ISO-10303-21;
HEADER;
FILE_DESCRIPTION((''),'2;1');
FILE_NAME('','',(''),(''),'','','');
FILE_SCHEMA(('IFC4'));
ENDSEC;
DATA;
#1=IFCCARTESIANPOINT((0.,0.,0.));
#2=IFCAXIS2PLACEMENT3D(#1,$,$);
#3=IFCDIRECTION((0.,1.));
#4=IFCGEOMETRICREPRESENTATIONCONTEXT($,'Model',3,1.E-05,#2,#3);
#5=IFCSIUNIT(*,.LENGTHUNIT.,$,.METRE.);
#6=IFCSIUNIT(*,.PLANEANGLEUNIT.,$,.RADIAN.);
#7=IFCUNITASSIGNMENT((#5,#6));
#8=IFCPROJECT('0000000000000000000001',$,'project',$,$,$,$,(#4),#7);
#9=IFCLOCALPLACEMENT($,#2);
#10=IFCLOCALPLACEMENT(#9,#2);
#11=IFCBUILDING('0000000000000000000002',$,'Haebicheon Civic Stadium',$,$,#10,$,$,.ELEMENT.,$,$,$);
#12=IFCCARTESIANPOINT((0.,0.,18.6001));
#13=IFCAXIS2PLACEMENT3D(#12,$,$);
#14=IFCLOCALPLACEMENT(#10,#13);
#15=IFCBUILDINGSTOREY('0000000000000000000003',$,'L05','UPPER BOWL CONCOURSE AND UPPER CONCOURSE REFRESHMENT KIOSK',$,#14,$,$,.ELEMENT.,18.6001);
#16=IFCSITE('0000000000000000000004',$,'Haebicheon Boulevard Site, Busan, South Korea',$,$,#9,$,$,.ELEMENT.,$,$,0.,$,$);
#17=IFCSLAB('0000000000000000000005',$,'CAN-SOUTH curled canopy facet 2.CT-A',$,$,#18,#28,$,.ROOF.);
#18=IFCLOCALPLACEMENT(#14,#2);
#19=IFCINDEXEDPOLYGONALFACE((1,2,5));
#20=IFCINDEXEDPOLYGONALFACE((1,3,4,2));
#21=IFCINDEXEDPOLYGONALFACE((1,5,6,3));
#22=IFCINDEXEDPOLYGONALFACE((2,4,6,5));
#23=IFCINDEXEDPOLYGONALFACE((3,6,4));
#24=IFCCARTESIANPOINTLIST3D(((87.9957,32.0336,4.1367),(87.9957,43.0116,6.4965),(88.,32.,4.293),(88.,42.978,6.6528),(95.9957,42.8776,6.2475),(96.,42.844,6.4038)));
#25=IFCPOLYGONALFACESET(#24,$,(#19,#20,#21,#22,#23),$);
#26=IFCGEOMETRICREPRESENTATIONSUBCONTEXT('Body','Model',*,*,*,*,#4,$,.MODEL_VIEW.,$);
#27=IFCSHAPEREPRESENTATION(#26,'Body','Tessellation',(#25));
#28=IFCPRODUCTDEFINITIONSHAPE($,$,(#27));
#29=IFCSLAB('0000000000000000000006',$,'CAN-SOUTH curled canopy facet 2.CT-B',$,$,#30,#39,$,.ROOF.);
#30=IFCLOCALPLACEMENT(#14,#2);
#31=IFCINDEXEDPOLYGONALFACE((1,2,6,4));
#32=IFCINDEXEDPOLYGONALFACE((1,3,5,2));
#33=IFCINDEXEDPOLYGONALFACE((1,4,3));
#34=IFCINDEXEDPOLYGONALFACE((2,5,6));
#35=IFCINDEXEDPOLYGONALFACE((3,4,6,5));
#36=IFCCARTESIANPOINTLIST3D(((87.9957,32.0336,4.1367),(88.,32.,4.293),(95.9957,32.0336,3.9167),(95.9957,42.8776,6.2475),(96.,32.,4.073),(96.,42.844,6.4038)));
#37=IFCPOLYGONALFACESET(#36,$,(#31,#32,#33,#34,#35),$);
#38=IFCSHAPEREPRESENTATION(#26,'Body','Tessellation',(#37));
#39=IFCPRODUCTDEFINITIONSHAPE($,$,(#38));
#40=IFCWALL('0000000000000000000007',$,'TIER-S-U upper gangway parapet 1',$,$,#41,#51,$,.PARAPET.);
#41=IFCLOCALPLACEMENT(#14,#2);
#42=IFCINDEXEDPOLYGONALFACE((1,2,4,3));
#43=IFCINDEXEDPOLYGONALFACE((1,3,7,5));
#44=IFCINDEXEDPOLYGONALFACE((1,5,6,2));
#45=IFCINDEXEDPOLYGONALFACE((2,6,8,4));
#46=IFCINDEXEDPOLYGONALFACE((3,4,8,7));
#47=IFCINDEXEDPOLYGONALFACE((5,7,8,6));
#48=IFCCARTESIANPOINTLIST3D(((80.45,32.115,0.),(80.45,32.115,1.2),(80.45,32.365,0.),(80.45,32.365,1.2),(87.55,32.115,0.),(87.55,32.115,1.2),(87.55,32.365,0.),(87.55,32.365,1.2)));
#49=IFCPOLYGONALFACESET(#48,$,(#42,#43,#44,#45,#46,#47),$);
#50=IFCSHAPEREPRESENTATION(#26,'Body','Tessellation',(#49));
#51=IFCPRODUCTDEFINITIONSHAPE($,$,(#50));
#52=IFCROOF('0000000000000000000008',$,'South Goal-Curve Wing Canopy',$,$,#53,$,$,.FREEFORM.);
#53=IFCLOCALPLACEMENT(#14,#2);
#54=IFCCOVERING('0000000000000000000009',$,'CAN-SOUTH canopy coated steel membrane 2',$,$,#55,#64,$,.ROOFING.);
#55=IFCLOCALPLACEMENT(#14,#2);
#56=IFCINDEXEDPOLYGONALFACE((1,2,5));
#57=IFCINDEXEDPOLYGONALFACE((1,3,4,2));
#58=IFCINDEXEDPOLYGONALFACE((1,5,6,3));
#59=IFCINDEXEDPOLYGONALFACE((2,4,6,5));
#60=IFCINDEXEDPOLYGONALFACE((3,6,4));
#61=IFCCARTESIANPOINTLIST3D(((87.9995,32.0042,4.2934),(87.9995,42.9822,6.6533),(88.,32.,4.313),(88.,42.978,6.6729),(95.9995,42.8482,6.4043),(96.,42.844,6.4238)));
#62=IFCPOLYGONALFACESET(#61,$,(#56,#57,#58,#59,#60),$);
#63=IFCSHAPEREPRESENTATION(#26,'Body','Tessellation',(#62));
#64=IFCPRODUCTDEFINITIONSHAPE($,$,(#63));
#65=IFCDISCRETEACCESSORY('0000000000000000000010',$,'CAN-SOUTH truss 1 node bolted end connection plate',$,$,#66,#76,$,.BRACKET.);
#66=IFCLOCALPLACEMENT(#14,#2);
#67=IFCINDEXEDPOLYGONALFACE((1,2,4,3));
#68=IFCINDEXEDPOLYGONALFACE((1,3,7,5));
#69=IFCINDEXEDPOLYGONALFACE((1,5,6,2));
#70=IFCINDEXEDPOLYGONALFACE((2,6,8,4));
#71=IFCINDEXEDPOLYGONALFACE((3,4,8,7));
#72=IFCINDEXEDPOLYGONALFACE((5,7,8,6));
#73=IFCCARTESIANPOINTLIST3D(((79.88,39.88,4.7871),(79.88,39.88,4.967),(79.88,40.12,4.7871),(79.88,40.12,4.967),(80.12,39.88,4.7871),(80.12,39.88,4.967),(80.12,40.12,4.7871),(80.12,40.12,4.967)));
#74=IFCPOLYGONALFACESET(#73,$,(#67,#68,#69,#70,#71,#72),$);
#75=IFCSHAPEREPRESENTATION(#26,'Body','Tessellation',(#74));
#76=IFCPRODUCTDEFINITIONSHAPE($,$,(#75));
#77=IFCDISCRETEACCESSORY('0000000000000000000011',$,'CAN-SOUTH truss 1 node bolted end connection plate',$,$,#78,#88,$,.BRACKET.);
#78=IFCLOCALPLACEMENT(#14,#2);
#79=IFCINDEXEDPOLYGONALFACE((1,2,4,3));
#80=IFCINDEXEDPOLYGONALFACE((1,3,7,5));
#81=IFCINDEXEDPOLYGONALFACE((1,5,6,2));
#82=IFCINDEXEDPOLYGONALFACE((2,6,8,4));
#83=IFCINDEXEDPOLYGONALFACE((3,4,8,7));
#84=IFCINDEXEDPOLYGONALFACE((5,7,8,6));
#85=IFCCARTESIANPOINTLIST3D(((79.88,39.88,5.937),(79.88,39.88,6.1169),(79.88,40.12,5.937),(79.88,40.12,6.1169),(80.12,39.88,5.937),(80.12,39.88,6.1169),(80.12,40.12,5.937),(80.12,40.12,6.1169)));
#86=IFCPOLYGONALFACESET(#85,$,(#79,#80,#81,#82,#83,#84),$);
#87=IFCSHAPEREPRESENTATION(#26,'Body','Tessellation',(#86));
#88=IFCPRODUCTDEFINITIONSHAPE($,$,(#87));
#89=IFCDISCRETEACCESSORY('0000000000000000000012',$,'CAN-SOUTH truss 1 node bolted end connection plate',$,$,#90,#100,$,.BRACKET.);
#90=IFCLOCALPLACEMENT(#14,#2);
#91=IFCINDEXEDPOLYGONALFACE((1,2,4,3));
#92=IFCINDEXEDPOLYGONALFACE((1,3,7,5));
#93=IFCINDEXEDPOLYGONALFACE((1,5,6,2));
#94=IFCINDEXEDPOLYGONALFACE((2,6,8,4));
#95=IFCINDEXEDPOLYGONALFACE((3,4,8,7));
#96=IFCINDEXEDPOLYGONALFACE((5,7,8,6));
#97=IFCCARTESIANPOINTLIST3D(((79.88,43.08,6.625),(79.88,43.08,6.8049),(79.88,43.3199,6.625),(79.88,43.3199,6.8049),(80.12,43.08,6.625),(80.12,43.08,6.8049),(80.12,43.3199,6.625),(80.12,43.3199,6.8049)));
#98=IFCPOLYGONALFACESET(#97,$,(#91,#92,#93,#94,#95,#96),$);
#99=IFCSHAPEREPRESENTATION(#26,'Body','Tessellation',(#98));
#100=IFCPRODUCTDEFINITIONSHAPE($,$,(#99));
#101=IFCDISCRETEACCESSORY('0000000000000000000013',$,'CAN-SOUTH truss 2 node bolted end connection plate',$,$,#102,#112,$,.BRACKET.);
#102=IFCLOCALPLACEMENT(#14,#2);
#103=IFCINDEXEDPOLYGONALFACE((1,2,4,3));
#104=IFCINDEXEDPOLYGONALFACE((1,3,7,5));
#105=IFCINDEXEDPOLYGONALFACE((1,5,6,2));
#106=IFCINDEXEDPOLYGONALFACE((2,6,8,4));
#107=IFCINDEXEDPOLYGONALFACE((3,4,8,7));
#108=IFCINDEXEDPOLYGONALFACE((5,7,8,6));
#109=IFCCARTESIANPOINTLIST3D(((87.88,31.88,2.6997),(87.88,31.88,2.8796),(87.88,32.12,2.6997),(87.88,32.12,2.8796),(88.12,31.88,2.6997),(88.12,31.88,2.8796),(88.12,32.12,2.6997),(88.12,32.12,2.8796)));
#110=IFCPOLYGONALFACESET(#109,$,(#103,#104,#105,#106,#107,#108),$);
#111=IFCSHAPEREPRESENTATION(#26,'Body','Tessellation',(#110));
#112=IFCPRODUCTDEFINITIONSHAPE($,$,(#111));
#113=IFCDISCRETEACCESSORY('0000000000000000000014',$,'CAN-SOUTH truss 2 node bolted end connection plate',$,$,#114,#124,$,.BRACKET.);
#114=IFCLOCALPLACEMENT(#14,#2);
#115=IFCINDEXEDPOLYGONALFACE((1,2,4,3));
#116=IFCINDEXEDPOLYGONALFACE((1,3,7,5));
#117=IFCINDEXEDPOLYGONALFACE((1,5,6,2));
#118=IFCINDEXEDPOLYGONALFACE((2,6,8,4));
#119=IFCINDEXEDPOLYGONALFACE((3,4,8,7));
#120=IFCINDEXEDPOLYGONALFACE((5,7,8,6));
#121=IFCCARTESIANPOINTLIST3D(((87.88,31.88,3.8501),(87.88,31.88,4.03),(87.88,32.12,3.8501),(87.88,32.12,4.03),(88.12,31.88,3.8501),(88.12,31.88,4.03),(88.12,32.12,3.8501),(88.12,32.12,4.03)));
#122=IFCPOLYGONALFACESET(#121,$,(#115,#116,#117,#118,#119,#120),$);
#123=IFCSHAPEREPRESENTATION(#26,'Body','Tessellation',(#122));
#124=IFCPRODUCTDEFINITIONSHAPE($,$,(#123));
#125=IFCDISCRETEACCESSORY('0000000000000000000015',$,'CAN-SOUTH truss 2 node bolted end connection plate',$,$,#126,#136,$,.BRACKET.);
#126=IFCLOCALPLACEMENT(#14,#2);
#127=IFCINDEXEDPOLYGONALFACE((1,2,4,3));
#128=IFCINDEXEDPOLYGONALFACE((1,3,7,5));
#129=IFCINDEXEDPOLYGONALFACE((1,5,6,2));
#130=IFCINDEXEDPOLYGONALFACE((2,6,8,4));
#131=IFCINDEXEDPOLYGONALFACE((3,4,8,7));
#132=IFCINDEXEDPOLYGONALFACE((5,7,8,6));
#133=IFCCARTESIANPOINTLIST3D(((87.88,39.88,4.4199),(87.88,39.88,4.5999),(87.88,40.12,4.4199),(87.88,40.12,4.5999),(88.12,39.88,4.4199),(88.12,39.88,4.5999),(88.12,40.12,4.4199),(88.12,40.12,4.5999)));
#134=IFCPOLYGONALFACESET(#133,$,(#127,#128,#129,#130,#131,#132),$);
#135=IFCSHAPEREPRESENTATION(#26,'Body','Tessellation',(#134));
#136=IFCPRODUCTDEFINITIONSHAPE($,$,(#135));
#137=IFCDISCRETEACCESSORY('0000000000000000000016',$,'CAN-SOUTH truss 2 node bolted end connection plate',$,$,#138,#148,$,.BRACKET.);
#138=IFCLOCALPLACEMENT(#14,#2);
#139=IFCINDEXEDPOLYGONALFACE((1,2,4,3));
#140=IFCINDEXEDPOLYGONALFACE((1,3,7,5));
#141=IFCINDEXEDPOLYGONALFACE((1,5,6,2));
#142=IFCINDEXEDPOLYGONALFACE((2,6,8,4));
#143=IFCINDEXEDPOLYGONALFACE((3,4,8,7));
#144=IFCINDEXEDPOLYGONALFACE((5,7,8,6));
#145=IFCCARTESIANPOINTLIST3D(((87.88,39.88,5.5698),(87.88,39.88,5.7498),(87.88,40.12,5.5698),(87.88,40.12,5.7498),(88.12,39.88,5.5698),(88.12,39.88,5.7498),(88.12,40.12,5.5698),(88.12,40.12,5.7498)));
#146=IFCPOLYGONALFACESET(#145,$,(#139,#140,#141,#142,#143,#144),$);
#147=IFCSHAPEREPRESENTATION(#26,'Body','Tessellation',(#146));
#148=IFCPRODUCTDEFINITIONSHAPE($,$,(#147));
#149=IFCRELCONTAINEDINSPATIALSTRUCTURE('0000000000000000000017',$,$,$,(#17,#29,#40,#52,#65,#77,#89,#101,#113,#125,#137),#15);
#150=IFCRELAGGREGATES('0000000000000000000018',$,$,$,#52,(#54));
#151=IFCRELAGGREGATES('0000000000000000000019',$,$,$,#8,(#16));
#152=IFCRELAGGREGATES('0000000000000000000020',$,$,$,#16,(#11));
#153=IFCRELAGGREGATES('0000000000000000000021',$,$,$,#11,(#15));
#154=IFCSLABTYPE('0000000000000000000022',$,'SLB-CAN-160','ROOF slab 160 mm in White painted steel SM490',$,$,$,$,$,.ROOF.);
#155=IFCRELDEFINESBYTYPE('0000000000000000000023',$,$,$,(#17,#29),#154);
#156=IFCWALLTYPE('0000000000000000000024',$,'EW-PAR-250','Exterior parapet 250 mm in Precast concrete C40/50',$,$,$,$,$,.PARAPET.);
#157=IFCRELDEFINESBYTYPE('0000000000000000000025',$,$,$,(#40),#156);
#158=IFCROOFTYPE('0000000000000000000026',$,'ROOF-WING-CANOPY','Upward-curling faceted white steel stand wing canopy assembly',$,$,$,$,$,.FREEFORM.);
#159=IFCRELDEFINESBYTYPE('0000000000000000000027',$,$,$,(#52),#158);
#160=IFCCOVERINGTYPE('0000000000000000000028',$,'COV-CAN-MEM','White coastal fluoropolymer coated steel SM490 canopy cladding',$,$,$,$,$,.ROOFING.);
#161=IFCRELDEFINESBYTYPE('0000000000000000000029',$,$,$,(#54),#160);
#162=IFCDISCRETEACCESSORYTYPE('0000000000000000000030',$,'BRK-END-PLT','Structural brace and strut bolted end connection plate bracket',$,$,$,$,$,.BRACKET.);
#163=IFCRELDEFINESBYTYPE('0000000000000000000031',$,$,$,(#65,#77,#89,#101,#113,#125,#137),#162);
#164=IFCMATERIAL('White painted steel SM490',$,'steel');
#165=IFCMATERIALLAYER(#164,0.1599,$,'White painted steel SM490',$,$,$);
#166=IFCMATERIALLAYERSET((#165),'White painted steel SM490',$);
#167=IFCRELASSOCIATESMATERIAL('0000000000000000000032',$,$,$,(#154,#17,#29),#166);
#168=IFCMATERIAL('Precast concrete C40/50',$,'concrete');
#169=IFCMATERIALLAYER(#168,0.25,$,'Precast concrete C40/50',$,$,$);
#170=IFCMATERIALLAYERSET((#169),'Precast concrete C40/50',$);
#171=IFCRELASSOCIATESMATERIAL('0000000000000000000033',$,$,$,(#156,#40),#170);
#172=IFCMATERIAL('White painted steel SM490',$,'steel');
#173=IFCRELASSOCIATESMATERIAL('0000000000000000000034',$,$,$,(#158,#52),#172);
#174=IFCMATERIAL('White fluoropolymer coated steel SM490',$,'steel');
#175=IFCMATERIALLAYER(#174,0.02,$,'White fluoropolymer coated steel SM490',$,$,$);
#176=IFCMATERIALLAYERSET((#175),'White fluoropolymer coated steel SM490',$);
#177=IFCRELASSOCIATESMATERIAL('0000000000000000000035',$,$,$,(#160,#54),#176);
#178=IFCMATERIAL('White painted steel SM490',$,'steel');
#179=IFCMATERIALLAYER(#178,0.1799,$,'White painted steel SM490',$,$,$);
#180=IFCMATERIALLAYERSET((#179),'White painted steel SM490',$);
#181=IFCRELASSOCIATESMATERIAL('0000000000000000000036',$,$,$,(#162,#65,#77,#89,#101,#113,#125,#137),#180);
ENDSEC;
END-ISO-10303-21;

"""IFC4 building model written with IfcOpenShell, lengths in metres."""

from ifc_helpers import new_model, si_unit, direction, frame, frame_2d, origin, origin_2d, place, context, subcontext, project, spatial, polyline, rectangle, outline, extrude, material, layer, layer_set, type_object, element, aggregate, save


model = new_model("IFC4")

# Units and contexts
model_context = context("Model", 3, precision=1e-05, world=origin(), true_north=direction((0.0, 1.0)))
body_context = subcontext(model_context, "Body", "Model", "MODEL_VIEW")
ifc_project = project(units=[si_unit("LENGTHUNIT", "METRE"), si_unit("PLANEANGLEUNIT", "RADIAN")], contexts=[model_context])

# Site, building, storey
site_placement = place(None, origin())
site = spatial("IfcSite", under=ifc_project, at=site_placement, Name="Haebicheon Boulevard Site, Busan, South Korea", CompositionType="ELEMENT", RefElevation=0.0)
building_placement = place(site_placement, origin())
building = spatial("IfcBuilding", under=site, at=building_placement, Name="Haebicheon Civic Stadium", CompositionType="ELEMENT")
storey_placement = place(building_placement, frame((0.0, 0.0, 18.6001)))
storey = spatial("IfcBuildingStorey", under=building, at=storey_placement, Name="L05", Description="UPPER BOWL CONCOURSE AND UPPER CONCOURSE REFRESHMENT KIOSK", CompositionType="ELEMENT", Elevation=18.6001)

# Slabs
ifc_material_1 = material(Name="White painted steel SM490", Category="steel")
ifc_layer_1 = layer(ifc_material_1, 0.1599, Name="White painted steel SM490")
ifc_layer_set_1 = layer_set([ifc_layer_1], Name="White painted steel SM490")
slab_type = type_object("IfcSlabType", Name="SLB-CAN-160", Description="ROOF slab 160 mm in White painted steel SM490", PredefinedType="ROOF", material=ifc_layer_set_1)
slab_1_placement = place(storey_placement, frame((88.0, 32.0, 4.293), z_axis=(0.026902, -0.210086, 0.977313), x_axis=(0.0, 0.977667, 0.210162)))
element("IfcSlab", 1, at=slab_1_placement, inside=storey, type_object=slab_type, material=ifc_layer_set_1, Name="CAN-SOUTH curled canopy facet 2.CT-A", PredefinedType="ROOF", context=body_context, shape_type="SweptSolid", body=[
    extrude(outline(polyline([(0.0, 0.0), (11.2288, 0.0), (11.0454, -8.0029), (0.0, 0.0)])), origin(), (0.0, 0.0, -1.0), 0.1599),
])
slab_2_placement = place(storey_placement, frame((88.0, 32.0, 4.293), z_axis=(0.026873, -0.210065, 0.977318), x_axis=(0.586513, 0.795018, 0.154754)))
element("IfcSlab", 2, at=slab_2_placement, inside=storey, type_object=slab_type, material=ifc_layer_set_1, Name="CAN-SOUTH curled canopy facet 2.CT-B", PredefinedType="ROOF", context=body_context, shape_type="SweptSolid", body=[
    extrude(outline(polyline([(0.0, 0.0), (13.6399, 0.0), (4.6581, -6.5078), (0.0, 0.0)])), origin(), (0.0, 0.0, -1.0), 0.1599),
])

# Wall
ifc_material_2 = material(Name="Precast concrete C40/50", Category="concrete")
ifc_layer_2 = layer(ifc_material_2, 0.25, Name="Precast concrete C40/50")
ifc_layer_set_2 = layer_set([ifc_layer_2], Name="Precast concrete C40/50")
wall_type = type_object("IfcWallType", Name="EW-PAR-250", Description="Exterior parapet 250 mm in Precast concrete C40/50", PredefinedType="PARAPET", material=ifc_layer_set_2)
wall_placement = place(storey_placement, frame((80.45, 32.24, 0.0), z_axis=(0.0, 0.0, 1.0), x_axis=(1.0, 0.0, 0.0)))
element("IfcWall", 3, at=wall_placement, inside=storey, type_object=wall_type, material=ifc_layer_set_2, Name="TIER-S-U upper gangway parapet 1", PredefinedType="PARAPET", context=body_context, shape_type="SweptSolid", body=[
    extrude(rectangle(XDim=7.1001, YDim=0.25, at=frame_2d((3.55, 0.0))), origin(), (0.0, 0.0, 1.0), 1.2),
])

# Roof, covering
ifc_material_3 = material(Name="White painted steel SM490", Category="steel")
roof_type = type_object("IfcRoofType", Name="ROOF-WING-CANOPY", Description="Upward-curling faceted white steel stand wing canopy assembly", PredefinedType="FREEFORM", material=ifc_material_3)
roof_placement = place(storey_placement, origin())
roof = element("IfcRoof", 4, at=roof_placement, inside=storey, type_object=roof_type, material=ifc_material_3, Name="South Goal-Curve Wing Canopy", PredefinedType="FREEFORM")
ifc_material_4 = material(Name="White fluoropolymer coated steel SM490", Category="steel")
ifc_layer_3 = layer(ifc_material_4, 0.02, Name="White fluoropolymer coated steel SM490")
ifc_layer_set_3 = layer_set([ifc_layer_3], Name="White fluoropolymer coated steel SM490")
covering_type = type_object("IfcCoveringType", Name="COV-CAN-MEM", Description="White coastal fluoropolymer coated steel SM490 canopy cladding", PredefinedType="ROOFING", material=ifc_layer_set_3)
covering_placement = place(storey_placement, frame((88.0, 32.0, 4.313), z_axis=(0.026902, -0.210086, 0.977313), x_axis=(0.0, 0.977667, 0.210162)))
covering = element("IfcCovering", 5, at=covering_placement, type_object=covering_type, material=ifc_layer_set_3, Name="CAN-SOUTH canopy coated steel membrane 2", PredefinedType="ROOFING", context=body_context, shape_type="SweptSolid", body=[
    extrude(outline(polyline([(0.0, 0.0), (11.2288, 0.0), (11.0454, -8.0029), (0.0, 0.0)])), origin(), (0.0, 0.0, -1.0), 0.02),
])
aggregate(roof, [covering])

# Discrete accessories
ifc_material_5 = material(Name="White painted steel SM490", Category="steel")
ifc_layer_4 = layer(ifc_material_5, 0.1799, Name="White painted steel SM490")
ifc_layer_set_4 = layer_set([ifc_layer_4], Name="White painted steel SM490")
discrete_accessory_type = type_object("IfcDiscreteAccessoryType", Name="BRK-END-PLT", Description="Structural brace and strut bolted end connection plate bracket", PredefinedType="BRACKET", material=ifc_layer_set_4)
for number, where, z_axis, x_axis, name in (
    (6, (80.0, 40.0, 4.7871), (0.0, 0.0, 1.0), (1.0, 0.0, 0.0), "CAN-SOUTH truss 1 node bolted end connection plate"),
    (7, (80.0, 40.0, 5.937), (0.0, 0.0, 1.0), (1.0, 0.0, 0.0), "CAN-SOUTH truss 1 node bolted end connection plate"),
    (8, (80.0, 43.2, 6.625), (0.0, 0.0, 1.0), (1.0, 0.0, 0.0), "CAN-SOUTH truss 1 node bolted end connection plate"),
    (9, (88.0, 32.0, 2.6997), (0.0, 0.0, 1.0), (1.0, 0.0, 0.0), "CAN-SOUTH truss 2 node bolted end connection plate"),
    (10, (88.0, 32.0, 3.8501), (0.0, 0.0, 1.0), (1.0, 0.0, 0.0), "CAN-SOUTH truss 2 node bolted end connection plate"),
    (11, (88.0, 40.0, 4.4199), (0.0, 0.0, 1.0), (1.0, 0.0, 0.0), "CAN-SOUTH truss 2 node bolted end connection plate"),
    (12, (88.0, 40.0, 5.5698), (0.0, 0.0, 1.0), (1.0, 0.0, 0.0), "CAN-SOUTH truss 2 node bolted end connection plate"),
):
    element("IfcDiscreteAccessory", number, at=place(storey_placement, frame(where, z_axis=z_axis, x_axis=x_axis)), inside=storey, type_object=discrete_accessory_type, material=ifc_layer_set_4, Name=name, PredefinedType="BRACKET", context=body_context, shape_type="SweptSolid", body=[
        extrude(rectangle(XDim=0.24, YDim=0.24, at=origin_2d()), origin(), (0.0, 0.0, 1.0), 0.1799),
    ])

save(model, "model.ifc")
